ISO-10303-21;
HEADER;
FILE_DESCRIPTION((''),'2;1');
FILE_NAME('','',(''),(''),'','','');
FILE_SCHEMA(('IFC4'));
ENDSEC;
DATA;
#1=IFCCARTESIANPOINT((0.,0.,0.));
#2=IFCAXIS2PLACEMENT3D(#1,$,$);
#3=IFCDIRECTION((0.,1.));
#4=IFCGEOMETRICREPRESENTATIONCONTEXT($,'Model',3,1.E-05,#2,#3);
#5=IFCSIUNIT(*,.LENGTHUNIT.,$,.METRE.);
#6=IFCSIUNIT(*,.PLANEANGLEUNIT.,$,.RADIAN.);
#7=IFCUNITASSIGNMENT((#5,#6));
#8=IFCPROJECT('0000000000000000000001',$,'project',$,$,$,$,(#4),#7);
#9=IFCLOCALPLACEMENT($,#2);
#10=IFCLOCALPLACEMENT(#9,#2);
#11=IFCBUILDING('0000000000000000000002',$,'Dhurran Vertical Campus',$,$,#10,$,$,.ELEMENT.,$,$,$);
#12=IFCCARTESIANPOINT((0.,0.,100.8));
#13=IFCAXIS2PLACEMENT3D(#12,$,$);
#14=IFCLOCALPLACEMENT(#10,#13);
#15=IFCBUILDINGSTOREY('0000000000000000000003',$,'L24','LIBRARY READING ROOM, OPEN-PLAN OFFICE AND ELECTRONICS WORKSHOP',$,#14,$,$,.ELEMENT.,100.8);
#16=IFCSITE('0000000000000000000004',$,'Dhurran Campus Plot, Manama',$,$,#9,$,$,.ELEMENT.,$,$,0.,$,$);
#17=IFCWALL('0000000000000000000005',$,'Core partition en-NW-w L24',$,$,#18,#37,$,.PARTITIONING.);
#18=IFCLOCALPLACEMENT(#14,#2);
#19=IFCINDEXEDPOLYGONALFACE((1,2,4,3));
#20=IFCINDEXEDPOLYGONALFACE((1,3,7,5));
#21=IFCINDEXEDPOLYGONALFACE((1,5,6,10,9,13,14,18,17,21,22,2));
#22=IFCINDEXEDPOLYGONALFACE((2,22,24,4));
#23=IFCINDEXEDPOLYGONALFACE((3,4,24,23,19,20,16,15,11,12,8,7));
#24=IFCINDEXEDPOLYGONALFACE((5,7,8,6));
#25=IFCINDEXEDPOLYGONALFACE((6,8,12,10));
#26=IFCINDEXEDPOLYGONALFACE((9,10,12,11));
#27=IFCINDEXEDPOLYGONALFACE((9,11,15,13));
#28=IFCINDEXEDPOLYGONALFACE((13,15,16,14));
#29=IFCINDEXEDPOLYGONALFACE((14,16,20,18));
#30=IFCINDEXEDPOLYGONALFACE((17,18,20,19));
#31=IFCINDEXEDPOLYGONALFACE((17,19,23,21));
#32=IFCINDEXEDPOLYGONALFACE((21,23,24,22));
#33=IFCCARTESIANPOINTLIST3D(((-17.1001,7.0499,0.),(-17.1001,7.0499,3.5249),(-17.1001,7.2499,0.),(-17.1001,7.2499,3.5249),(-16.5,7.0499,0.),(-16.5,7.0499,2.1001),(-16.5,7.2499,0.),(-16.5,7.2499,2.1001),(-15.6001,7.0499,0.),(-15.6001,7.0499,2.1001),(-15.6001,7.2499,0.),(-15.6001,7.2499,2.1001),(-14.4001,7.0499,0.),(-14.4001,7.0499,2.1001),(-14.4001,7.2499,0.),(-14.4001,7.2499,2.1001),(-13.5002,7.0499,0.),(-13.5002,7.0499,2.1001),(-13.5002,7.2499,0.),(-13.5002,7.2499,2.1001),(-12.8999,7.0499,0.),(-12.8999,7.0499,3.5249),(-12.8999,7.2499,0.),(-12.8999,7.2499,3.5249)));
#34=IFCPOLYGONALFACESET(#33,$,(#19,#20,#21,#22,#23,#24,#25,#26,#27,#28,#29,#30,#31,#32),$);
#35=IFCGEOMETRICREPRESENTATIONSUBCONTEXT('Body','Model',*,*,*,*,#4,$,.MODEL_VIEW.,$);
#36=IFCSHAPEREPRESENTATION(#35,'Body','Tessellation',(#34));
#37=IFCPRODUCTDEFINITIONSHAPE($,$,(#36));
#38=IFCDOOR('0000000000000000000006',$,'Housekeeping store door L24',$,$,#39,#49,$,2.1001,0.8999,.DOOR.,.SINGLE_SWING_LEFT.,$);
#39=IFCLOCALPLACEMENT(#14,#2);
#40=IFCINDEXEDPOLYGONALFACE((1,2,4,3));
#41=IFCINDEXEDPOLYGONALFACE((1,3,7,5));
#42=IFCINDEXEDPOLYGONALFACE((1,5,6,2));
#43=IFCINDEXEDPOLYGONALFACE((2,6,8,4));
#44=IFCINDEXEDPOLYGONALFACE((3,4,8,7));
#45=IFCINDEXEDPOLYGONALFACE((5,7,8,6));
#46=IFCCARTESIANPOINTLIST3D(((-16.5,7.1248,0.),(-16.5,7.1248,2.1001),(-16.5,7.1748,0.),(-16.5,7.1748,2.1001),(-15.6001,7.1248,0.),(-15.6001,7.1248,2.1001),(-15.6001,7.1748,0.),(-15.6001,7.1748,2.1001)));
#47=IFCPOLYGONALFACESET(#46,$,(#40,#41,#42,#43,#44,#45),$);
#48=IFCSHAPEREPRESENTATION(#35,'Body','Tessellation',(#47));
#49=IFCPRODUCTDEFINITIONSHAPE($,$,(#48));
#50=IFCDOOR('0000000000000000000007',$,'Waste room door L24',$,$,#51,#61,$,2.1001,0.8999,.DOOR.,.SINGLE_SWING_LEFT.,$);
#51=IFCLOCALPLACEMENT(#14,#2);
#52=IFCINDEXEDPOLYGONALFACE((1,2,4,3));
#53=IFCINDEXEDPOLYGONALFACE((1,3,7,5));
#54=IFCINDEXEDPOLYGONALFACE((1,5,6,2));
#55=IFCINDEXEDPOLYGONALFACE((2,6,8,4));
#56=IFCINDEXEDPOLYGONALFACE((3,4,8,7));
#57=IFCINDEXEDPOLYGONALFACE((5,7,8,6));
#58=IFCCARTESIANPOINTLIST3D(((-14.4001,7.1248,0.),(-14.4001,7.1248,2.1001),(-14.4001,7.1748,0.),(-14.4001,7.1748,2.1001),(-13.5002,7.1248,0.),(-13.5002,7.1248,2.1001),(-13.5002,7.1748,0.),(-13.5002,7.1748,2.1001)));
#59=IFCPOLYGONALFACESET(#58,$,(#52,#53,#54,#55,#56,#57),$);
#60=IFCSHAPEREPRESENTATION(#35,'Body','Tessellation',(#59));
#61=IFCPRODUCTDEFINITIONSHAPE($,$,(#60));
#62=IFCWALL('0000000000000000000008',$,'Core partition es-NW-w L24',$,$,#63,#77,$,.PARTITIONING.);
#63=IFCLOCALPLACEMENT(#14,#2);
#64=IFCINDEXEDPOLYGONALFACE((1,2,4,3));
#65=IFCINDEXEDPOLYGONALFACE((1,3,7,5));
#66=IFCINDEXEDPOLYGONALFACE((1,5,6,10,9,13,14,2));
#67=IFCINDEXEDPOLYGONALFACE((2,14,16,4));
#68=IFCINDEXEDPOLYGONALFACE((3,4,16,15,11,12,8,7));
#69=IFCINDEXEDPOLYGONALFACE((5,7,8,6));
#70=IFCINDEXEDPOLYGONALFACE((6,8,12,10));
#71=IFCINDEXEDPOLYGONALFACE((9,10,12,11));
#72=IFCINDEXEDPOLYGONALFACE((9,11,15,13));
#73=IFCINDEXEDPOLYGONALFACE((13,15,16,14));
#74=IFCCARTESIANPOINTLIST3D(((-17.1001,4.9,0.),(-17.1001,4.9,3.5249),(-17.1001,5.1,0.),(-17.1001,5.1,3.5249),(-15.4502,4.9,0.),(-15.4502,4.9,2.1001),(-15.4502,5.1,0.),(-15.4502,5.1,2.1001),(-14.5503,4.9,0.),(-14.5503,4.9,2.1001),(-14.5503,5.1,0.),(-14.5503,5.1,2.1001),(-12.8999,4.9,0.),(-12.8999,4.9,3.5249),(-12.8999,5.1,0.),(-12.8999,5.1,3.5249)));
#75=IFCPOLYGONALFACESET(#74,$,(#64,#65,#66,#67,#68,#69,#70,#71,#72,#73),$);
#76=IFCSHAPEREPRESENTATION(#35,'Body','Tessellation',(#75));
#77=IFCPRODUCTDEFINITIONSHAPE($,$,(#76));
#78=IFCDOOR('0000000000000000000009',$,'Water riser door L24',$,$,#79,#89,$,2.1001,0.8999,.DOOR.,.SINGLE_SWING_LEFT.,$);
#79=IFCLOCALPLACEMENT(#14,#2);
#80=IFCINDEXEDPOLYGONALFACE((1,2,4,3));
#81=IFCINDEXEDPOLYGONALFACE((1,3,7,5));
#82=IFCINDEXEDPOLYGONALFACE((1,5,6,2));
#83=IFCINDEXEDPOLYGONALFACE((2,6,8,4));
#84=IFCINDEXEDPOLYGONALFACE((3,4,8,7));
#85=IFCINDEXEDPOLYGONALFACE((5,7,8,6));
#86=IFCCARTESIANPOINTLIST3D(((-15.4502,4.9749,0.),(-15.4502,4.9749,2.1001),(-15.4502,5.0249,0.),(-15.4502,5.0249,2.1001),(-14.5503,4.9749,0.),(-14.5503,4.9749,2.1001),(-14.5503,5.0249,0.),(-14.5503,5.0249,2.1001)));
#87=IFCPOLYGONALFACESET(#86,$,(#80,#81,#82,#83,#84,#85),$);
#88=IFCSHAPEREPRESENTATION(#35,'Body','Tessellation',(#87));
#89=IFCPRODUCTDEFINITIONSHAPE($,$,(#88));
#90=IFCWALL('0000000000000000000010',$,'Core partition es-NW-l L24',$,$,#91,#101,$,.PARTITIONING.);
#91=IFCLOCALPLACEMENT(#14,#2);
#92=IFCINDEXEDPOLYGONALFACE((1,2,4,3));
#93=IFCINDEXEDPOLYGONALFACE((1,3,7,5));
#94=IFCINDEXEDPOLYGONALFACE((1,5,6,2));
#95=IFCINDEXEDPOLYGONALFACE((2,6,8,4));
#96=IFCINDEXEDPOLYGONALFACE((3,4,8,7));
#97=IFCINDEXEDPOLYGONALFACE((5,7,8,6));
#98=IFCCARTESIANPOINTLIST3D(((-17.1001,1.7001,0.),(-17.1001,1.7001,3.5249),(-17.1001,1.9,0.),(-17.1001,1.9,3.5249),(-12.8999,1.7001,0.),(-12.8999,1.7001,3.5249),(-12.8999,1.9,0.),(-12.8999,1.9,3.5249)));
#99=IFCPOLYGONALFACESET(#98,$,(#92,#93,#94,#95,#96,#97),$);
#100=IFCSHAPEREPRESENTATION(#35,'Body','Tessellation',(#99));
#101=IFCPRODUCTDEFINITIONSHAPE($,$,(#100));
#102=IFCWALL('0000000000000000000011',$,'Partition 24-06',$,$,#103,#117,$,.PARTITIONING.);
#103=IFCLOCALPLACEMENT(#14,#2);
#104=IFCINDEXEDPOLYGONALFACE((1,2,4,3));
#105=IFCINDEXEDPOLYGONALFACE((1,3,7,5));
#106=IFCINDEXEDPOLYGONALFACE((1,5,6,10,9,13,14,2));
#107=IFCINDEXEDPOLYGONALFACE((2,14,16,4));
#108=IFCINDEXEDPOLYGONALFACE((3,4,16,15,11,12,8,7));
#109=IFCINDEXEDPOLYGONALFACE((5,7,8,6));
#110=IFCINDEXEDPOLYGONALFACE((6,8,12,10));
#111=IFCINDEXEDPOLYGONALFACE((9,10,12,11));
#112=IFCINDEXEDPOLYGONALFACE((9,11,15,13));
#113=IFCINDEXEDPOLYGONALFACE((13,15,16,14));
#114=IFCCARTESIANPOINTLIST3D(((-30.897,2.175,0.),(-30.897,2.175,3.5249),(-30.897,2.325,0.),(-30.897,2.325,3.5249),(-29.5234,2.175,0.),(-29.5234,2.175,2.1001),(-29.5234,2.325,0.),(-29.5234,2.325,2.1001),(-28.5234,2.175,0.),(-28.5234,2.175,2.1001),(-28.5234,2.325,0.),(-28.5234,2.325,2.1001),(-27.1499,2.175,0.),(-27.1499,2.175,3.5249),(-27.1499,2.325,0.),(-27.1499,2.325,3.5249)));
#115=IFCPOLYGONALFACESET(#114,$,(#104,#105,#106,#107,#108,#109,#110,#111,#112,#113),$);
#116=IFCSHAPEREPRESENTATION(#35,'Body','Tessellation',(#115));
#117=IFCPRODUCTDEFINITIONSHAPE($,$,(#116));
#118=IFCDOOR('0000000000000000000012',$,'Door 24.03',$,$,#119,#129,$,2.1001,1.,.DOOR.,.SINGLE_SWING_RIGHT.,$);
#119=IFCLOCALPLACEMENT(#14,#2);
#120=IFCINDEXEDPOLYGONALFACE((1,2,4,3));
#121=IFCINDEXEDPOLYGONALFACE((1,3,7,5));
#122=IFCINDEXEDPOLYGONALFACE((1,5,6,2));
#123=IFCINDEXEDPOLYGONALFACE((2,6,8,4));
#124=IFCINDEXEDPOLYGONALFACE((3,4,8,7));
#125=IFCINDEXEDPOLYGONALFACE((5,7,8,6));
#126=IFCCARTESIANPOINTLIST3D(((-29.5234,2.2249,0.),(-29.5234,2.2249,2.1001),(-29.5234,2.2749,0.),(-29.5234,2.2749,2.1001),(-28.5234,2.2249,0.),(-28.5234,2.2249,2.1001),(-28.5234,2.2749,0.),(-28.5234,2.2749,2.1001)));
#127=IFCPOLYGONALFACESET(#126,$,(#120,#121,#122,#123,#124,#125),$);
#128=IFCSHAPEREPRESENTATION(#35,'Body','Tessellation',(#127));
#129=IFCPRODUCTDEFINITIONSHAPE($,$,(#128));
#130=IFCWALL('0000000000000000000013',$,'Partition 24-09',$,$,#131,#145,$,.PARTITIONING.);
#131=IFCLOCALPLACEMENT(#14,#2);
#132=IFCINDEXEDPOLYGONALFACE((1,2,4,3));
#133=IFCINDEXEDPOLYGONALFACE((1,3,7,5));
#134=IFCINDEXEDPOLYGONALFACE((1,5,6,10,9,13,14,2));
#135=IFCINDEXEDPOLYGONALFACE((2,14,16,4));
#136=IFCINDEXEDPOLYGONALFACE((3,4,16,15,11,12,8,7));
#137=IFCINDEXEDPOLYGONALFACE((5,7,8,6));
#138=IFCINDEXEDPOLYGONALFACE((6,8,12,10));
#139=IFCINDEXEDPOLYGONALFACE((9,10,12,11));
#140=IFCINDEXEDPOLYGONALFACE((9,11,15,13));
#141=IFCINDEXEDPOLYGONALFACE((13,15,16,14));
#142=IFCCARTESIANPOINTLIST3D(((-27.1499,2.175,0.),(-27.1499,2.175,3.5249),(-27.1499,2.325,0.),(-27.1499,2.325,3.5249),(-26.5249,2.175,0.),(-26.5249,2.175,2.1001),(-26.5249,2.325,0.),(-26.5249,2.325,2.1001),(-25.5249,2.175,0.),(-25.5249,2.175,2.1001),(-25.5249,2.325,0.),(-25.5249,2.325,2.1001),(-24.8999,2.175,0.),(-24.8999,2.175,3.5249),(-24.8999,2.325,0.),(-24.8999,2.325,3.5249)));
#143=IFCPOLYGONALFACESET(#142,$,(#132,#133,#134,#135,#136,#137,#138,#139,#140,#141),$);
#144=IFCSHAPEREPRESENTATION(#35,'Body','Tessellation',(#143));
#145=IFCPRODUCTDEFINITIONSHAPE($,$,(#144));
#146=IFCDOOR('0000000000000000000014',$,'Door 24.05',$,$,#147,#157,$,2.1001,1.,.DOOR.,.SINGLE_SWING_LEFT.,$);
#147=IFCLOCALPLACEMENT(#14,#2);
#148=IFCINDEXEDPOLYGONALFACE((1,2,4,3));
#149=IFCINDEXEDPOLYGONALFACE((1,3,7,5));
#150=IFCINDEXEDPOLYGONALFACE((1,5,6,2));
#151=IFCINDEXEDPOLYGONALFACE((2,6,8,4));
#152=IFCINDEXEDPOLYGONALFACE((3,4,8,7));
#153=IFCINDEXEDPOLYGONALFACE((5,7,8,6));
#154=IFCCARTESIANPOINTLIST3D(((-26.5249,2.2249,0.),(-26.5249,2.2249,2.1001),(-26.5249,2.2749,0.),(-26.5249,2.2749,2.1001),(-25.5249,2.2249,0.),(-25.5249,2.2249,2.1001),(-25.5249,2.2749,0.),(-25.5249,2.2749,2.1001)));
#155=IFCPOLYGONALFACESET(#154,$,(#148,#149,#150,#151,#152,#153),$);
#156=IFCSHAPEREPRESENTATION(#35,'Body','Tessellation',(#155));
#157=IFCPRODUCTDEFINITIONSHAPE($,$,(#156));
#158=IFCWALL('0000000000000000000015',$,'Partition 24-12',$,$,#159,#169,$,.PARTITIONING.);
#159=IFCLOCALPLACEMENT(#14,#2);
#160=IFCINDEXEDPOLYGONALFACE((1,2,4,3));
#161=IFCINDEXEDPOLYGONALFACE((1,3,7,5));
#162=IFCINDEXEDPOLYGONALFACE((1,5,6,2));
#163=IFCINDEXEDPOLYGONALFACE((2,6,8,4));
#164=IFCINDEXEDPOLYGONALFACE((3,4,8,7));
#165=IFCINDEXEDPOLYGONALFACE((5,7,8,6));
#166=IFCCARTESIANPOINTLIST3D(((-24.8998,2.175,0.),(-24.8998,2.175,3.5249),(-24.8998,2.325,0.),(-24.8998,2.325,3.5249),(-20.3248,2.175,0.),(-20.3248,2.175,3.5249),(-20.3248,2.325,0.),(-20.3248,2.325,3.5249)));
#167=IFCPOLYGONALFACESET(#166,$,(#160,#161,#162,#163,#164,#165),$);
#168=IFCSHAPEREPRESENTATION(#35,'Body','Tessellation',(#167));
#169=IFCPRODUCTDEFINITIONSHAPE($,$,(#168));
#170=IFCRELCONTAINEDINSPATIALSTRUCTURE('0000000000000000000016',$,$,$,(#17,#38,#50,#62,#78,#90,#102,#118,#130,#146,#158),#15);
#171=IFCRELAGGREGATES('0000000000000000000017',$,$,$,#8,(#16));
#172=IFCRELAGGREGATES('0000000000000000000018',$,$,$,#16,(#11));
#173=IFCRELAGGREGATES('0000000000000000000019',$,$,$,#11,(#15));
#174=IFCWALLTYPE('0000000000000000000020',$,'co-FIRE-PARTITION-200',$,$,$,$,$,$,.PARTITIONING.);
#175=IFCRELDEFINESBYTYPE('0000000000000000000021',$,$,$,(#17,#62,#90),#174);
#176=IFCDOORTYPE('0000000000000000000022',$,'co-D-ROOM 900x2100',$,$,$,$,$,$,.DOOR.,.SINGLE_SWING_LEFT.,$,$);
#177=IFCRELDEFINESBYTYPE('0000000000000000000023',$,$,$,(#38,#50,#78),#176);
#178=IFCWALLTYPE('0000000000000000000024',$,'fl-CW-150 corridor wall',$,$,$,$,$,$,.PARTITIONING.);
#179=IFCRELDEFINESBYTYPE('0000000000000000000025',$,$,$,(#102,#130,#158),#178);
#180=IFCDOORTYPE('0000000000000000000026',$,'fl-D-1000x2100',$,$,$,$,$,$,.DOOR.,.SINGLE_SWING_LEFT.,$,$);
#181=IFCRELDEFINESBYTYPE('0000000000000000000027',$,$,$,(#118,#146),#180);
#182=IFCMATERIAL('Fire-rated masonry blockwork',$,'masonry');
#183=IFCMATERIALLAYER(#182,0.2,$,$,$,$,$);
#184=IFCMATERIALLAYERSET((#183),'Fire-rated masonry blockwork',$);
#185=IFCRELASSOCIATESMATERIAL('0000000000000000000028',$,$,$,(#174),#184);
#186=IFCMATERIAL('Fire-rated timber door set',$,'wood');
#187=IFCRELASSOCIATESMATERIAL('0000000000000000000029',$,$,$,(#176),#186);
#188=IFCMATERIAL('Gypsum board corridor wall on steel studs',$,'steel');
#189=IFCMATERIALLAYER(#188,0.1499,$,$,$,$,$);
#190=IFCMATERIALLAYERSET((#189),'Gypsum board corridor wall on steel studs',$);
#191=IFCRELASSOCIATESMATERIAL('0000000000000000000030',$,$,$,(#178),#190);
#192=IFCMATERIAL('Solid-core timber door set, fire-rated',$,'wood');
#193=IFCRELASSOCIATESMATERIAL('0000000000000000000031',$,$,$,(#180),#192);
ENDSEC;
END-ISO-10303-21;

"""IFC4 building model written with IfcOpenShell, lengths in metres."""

from ifc_helpers import new_model, si_unit, direction, frame, frame_2d, origin, place, context, subcontext, project, spatial, rectangle, extrude, material, layer, layer_set, type_object, element, fill, save


model = new_model("IFC4")

# Units and contexts
model_context = context("Model", 3, precision=1e-05, world=origin(), true_north=direction((0.0, 1.0)))
body_context = subcontext(model_context, "Body", "Model", "MODEL_VIEW")
ifc_project = project(units=[si_unit("LENGTHUNIT", "METRE"), si_unit("PLANEANGLEUNIT", "RADIAN")], contexts=[model_context])

# Site, building, storey
site_placement = place(None, origin())
site = spatial("IfcSite", under=ifc_project, at=site_placement, Name="Dhurran Campus Plot, Manama", CompositionType="ELEMENT", RefElevation=0.0)
building_placement = place(site_placement, origin())
building = spatial("IfcBuilding", under=site, at=building_placement, Name="Dhurran Vertical Campus", CompositionType="ELEMENT")
storey_placement = place(building_placement, frame((0.0, 0.0, 100.8)))
storey = spatial("IfcBuildingStorey", under=building, at=storey_placement, Name="L24", Description="LIBRARY READING ROOM, OPEN-PLAN OFFICE AND ELECTRONICS WORKSHOP", CompositionType="ELEMENT", Elevation=100.8)

# Shared definitions
ifc_material_1 = material(Name="Fire-rated masonry blockwork", Category="masonry")
ifc_layer_1 = layer(ifc_material_1, 0.2)
ifc_layer_set_1 = layer_set([ifc_layer_1], Name="Fire-rated masonry blockwork")
wall_type_1 = type_object("IfcWallType", Name="co-FIRE-PARTITION-200", PredefinedType="PARTITIONING", material=ifc_layer_set_1)

# Wall, openings, doors
wall_1_placement = place(storey_placement, frame((-17.1001, 7.1499, 0.0), z_axis=(0.0, 0.0, 1.0), x_axis=(1.0, 0.0, 0.0)))
wall_1 = element("IfcWall", 1, at=wall_1_placement, inside=storey, type_object=wall_type_1, Name="Core partition en-NW-w L24", PredefinedType="PARTITIONING", context=body_context, shape_type="SweptSolid", body=[
    extrude(rectangle(XDim=4.2002, YDim=0.2, at=frame_2d((2.1001, 0.0))), origin(), (0.0, 0.0, 1.0), 3.5249),
])
opening_1_placement = place(wall_1_placement, frame((0.6001, 0.0, 0.0)))
opening_1 = element("IfcOpeningElement", 2, at=opening_1_placement, cuts=wall_1, PredefinedType="OPENING", context=body_context, shape_type="SweptSolid", body=[
    extrude(rectangle(XDim=0.8999, YDim=2.1001, at=frame_2d((0.45, 1.05))), frame((0.0, 0.1099, 0.0), z_axis=(0.0, -1.0, 0.0), x_axis=(1.0, 0.0, 0.0)), (0.0, 0.0, 1.0), 0.22),
])
opening_2_placement = place(wall_1_placement, frame((2.7, 0.0, 0.0)))
opening_2 = element("IfcOpeningElement", 3, at=opening_2_placement, cuts=wall_1, PredefinedType="OPENING", context=body_context, shape_type="SweptSolid", body=[
    extrude(rectangle(XDim=0.8999, YDim=2.1001, at=frame_2d((0.45, 1.05))), frame((0.0, 0.1099, 0.0), z_axis=(0.0, -1.0, 0.0), x_axis=(1.0, 0.0, 0.0)), (0.0, 0.0, 1.0), 0.22),
])
ifc_material_2 = material(Name="Fire-rated timber door set", Category="wood")
door_type_1 = type_object("IfcDoorType", Name="co-D-ROOM 900x2100", OperationType="SINGLE_SWING_LEFT", PredefinedType="DOOR", material=ifc_material_2)
door_1_placement = place(opening_1_placement, origin())
door_1 = element("IfcDoor", 4, at=door_1_placement, inside=storey, type_object=door_type_1, Name="Housekeeping store door L24", OperationType="SINGLE_SWING_LEFT", OverallHeight=2.1001, OverallWidth=0.8999, PredefinedType="DOOR", context=body_context, shape_type="SweptSolid", body=[
    extrude(rectangle(XDim=0.8999, YDim=2.1001, at=frame_2d((0.45, 1.05))), frame((0.0, 0.0249, 0.0), z_axis=(0.0, -1.0, 0.0), x_axis=(1.0, 0.0, 0.0)), (0.0, 0.0, 1.0), 0.05),
])
fill(opening_1, door_1)
door_2_placement = place(opening_2_placement, origin())
door_2 = element("IfcDoor", 5, at=door_2_placement, inside=storey, type_object=door_type_1, Name="Waste room door L24", OperationType="SINGLE_SWING_LEFT", OverallHeight=2.1001, OverallWidth=0.8999, PredefinedType="DOOR", context=body_context, shape_type="SweptSolid", body=[
    extrude(rectangle(XDim=0.8999, YDim=2.1001, at=frame_2d((0.45, 1.05))), frame((0.0, 0.0249, 0.0), z_axis=(0.0, -1.0, 0.0), x_axis=(1.0, 0.0, 0.0)), (0.0, 0.0, 1.0), 0.05),
])
fill(opening_2, door_2)

# Wall, opening, door
wall_2_placement = place(storey_placement, frame((-17.1001, 5.0, 0.0), z_axis=(0.0, 0.0, 1.0), x_axis=(1.0, 0.0, 0.0)))
wall_2 = element("IfcWall", 6, at=wall_2_placement, inside=storey, type_object=wall_type_1, Name="Core partition es-NW-w L24", PredefinedType="PARTITIONING", context=body_context, shape_type="SweptSolid", body=[
    extrude(rectangle(XDim=4.2002, YDim=0.2, at=frame_2d((2.1001, 0.0))), origin(), (0.0, 0.0, 1.0), 3.5249),
])
opening_3_placement = place(wall_2_placement, frame((1.6499, 0.0, 0.0)))
opening_3 = element("IfcOpeningElement", 7, at=opening_3_placement, cuts=wall_2, PredefinedType="OPENING", context=body_context, shape_type="SweptSolid", body=[
    extrude(rectangle(XDim=0.8999, YDim=2.1001, at=frame_2d((0.45, 1.05))), frame((0.0, 0.1099, 0.0), z_axis=(0.0, -1.0, 0.0), x_axis=(1.0, 0.0, 0.0)), (0.0, 0.0, 1.0), 0.22),
])
door_3_placement = place(opening_3_placement, origin())
door_3 = element("IfcDoor", 8, at=door_3_placement, inside=storey, type_object=door_type_1, Name="Water riser door L24", OperationType="SINGLE_SWING_LEFT", OverallHeight=2.1001, OverallWidth=0.8999, PredefinedType="DOOR", context=body_context, shape_type="SweptSolid", body=[
    extrude(rectangle(XDim=0.8999, YDim=2.1001, at=frame_2d((0.45, 1.05))), frame((0.0, 0.0249, 0.0), z_axis=(0.0, -1.0, 0.0), x_axis=(1.0, 0.0, 0.0)), (0.0, 0.0, 1.0), 0.05),
])
fill(opening_3, door_3)

# Wall
wall_3_placement = place(storey_placement, frame((-17.1001, 1.8, 0.0), z_axis=(0.0, 0.0, 1.0), x_axis=(1.0, 0.0, 0.0)))
element("IfcWall", 9, at=wall_3_placement, inside=storey, type_object=wall_type_1, Name="Core partition es-NW-l L24", PredefinedType="PARTITIONING", context=body_context, shape_type="SweptSolid", body=[
    extrude(rectangle(XDim=4.2002, YDim=0.2, at=frame_2d((2.1001, 0.0))), origin(), (0.0, 0.0, 1.0), 3.5249),
])

# Walls, openings, doors
ifc_material_3 = material(Name="Gypsum board corridor wall on steel studs", Category="steel")
ifc_layer_2 = layer(ifc_material_3, 0.1499)
ifc_layer_set_2 = layer_set([ifc_layer_2], Name="Gypsum board corridor wall on steel studs")
wall_type_2 = type_object("IfcWallType", Name="fl-CW-150 corridor wall", PredefinedType="PARTITIONING", material=ifc_layer_set_2)
wall_4_placement = place(storey_placement, frame((-30.897, 2.25, 0.0), z_axis=(0.0, 0.0, 1.0), x_axis=(1.0, 0.0, 0.0)))
wall_4 = element("IfcWall", 10, at=wall_4_placement, inside=storey, type_object=wall_type_2, Name="Partition 24-06", PredefinedType="PARTITIONING", context=body_context, shape_type="SweptSolid", body=[
    extrude(rectangle(XDim=3.7471, YDim=0.1499, at=frame_2d((1.8735, 0.0))), origin(), (0.0, 0.0, 1.0), 3.5249),
])
opening_4_placement = place(wall_4_placement, frame((1.3735, 0.0, 0.0)))
opening_4 = element("IfcOpeningElement", 11, at=opening_4_placement, cuts=wall_4, PredefinedType="OPENING", context=body_context, shape_type="SweptSolid", body=[
    extrude(rectangle(XDim=1.0, YDim=2.1001, at=frame_2d((0.5, 1.05))), frame((0.0, 0.085, 0.0), z_axis=(0.0, -1.0, 0.0), x_axis=(1.0, 0.0, 0.0)), (0.0, 0.0, 1.0), 0.1699),
])
ifc_material_4 = material(Name="Solid-core timber door set, fire-rated", Category="wood")
door_type_2 = type_object("IfcDoorType", Name="fl-D-1000x2100", OperationType="SINGLE_SWING_LEFT", PredefinedType="DOOR", material=ifc_material_4)
door_4_placement = place(opening_4_placement, origin())
door_4 = element("IfcDoor", 12, at=door_4_placement, inside=storey, type_object=door_type_2, Name="Door 24.03", OperationType="SINGLE_SWING_RIGHT", OverallHeight=2.1001, OverallWidth=1.0, PredefinedType="DOOR", context=body_context, shape_type="SweptSolid", body=[
    extrude(rectangle(XDim=1.0, YDim=2.1001, at=frame_2d((0.5, 1.05))), frame((0.0, 0.0249, 0.0), z_axis=(0.0, -1.0, 0.0), x_axis=(1.0, 0.0, 0.0)), (0.0, 0.0, 1.0), 0.05),
])
fill(opening_4, door_4)
wall_5_placement = place(storey_placement, frame((-27.1499, 2.25, 0.0), z_axis=(0.0, 0.0, 1.0), x_axis=(1.0, 0.0, 0.0)))
wall_5 = element("IfcWall", 13, at=wall_5_placement, inside=storey, type_object=wall_type_2, Name="Partition 24-09", PredefinedType="PARTITIONING", context=body_context, shape_type="SweptSolid", body=[
    extrude(rectangle(XDim=2.25, YDim=0.1499, at=frame_2d((1.125, 0.0))), origin(), (0.0, 0.0, 1.0), 3.5249),
])
opening_5_placement = place(wall_5_placement, frame((0.625, 0.0, 0.0)))
opening_5 = element("IfcOpeningElement", 14, at=opening_5_placement, cuts=wall_5, PredefinedType="OPENING", context=body_context, shape_type="SweptSolid", body=[
    extrude(rectangle(XDim=1.0, YDim=2.1001, at=frame_2d((0.5, 1.05))), frame((0.0, 0.085, 0.0), z_axis=(0.0, -1.0, 0.0), x_axis=(1.0, 0.0, 0.0)), (0.0, 0.0, 1.0), 0.1699),
])
door_5_placement = place(opening_5_placement, origin())
door_5 = element("IfcDoor", 15, at=door_5_placement, inside=storey, type_object=door_type_2, Name="Door 24.05", OperationType="SINGLE_SWING_LEFT", OverallHeight=2.1001, OverallWidth=1.0, PredefinedType="DOOR", context=body_context, shape_type="SweptSolid", body=[
    extrude(rectangle(XDim=1.0, YDim=2.1001, at=frame_2d((0.5, 1.05))), frame((0.0, 0.0249, 0.0), z_axis=(0.0, -1.0, 0.0), x_axis=(1.0, 0.0, 0.0)), (0.0, 0.0, 1.0), 0.05),
])
fill(opening_5, door_5)

# Wall
wall_6_placement = place(storey_placement, frame((-24.8999, 2.25, 0.0), z_axis=(0.0, 0.0, 1.0), x_axis=(1.0, 0.0, 0.0)))
element("IfcWall", 16, at=wall_6_placement, inside=storey, type_object=wall_type_2, Name="Partition 24-12", PredefinedType="PARTITIONING", context=body_context, shape_type="SweptSolid", body=[
    extrude(rectangle(XDim=4.575, YDim=0.1499, at=frame_2d((2.2876, 0.0))), origin(), (0.0, 0.0, 1.0), 3.5249),
])

save(model, "model.ifc")
